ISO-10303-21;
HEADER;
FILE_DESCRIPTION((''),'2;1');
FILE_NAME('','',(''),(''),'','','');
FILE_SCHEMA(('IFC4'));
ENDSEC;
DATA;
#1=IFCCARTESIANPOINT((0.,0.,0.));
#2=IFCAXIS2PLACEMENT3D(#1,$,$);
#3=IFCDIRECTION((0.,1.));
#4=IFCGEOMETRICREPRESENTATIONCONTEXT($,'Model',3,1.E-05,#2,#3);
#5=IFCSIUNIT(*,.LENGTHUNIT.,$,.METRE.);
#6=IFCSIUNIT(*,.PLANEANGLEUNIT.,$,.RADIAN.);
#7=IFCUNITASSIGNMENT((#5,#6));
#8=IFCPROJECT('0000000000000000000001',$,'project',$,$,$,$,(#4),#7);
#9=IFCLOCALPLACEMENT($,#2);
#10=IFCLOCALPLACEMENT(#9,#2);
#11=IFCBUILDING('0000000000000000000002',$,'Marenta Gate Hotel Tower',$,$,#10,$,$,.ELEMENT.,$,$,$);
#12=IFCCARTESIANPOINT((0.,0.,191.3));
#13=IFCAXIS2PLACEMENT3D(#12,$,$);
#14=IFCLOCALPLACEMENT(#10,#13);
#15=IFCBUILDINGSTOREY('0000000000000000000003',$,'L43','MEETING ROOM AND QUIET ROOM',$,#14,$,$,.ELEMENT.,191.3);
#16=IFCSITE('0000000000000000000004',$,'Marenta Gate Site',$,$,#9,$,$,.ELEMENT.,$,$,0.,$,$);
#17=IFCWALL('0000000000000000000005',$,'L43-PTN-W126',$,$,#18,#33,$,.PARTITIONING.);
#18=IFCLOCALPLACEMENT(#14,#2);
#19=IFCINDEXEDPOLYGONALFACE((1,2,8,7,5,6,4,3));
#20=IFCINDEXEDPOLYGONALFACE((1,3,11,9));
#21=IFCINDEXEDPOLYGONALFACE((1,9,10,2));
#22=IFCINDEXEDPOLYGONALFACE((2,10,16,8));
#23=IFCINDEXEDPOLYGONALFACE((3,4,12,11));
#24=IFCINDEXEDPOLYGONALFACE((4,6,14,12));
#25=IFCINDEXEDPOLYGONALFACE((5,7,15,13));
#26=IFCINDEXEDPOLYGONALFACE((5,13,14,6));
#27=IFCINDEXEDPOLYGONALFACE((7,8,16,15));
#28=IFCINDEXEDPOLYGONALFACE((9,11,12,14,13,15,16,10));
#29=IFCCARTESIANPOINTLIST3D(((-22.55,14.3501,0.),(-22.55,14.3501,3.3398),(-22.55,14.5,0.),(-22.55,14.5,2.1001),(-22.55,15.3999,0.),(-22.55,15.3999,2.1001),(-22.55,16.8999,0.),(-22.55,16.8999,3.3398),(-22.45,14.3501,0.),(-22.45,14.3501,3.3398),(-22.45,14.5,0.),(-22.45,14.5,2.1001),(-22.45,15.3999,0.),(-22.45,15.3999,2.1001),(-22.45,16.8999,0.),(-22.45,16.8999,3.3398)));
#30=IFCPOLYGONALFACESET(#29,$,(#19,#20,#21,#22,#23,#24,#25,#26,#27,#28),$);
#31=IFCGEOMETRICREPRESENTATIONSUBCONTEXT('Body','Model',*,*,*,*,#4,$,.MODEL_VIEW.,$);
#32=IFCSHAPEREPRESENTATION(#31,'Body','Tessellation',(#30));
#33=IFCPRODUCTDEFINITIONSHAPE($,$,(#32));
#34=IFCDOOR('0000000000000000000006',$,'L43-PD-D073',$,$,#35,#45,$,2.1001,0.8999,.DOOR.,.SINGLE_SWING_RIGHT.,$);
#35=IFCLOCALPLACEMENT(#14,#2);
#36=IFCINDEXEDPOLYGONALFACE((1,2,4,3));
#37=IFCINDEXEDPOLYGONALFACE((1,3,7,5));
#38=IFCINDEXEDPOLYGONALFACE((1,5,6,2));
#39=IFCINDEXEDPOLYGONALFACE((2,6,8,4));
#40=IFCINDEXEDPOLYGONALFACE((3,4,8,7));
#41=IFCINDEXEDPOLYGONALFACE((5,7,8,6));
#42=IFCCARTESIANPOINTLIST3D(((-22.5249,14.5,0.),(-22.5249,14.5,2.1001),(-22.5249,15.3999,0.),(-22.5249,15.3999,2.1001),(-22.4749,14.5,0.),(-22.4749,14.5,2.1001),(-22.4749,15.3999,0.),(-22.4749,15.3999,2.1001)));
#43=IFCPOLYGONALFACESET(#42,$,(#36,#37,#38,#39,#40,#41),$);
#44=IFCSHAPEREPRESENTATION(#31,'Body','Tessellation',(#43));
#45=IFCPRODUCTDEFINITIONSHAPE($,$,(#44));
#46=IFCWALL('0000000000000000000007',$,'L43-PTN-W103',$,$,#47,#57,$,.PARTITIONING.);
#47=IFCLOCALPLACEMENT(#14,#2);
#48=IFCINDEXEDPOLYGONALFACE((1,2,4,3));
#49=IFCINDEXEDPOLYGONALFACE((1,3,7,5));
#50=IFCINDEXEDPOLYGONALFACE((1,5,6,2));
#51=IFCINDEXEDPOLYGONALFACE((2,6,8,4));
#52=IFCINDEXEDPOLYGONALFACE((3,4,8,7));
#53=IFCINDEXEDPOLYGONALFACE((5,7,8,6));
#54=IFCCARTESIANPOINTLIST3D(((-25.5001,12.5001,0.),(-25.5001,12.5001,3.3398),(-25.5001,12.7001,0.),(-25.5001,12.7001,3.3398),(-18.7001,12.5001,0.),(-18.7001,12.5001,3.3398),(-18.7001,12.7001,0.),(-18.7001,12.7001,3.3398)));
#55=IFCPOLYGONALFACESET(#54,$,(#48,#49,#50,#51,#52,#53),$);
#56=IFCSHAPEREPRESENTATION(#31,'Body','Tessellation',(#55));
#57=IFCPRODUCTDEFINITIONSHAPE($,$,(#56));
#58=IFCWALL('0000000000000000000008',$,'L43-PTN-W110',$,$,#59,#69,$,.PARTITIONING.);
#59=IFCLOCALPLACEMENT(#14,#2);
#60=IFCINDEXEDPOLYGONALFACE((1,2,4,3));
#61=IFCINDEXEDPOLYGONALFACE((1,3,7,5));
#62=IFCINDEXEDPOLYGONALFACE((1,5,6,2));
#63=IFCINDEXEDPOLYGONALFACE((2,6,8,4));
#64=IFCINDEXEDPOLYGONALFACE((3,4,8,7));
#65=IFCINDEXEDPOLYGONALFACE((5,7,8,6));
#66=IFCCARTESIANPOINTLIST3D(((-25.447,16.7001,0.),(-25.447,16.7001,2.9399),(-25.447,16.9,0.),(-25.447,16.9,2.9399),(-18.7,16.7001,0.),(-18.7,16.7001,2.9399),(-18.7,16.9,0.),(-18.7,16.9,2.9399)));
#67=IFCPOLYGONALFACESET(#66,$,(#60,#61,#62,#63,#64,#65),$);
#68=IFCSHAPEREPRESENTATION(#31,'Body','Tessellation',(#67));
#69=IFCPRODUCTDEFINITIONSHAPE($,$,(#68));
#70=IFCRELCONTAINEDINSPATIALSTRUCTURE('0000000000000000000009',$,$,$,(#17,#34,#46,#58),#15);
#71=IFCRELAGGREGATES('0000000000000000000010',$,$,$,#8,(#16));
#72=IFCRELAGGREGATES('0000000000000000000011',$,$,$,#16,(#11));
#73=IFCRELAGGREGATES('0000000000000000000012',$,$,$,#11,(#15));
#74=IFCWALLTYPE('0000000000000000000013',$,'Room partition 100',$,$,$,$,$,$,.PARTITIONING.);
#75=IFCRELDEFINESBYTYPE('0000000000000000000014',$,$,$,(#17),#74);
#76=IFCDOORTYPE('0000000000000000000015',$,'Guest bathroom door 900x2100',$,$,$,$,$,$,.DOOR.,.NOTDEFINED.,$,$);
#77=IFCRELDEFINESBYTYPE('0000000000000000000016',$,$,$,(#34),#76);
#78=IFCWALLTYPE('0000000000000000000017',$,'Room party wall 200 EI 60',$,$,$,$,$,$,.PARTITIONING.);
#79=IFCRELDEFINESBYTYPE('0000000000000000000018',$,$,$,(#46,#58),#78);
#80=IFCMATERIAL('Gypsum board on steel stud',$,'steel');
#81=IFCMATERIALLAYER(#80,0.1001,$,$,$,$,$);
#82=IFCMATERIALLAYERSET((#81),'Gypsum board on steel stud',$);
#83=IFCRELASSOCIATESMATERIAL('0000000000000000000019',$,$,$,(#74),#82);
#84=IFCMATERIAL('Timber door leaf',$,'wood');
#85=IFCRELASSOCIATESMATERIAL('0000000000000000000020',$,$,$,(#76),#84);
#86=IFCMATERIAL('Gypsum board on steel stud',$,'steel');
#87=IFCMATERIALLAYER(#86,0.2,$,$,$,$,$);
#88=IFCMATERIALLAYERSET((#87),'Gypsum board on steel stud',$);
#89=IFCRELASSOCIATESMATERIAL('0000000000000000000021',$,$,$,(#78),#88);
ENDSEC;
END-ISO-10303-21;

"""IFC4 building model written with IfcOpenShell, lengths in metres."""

from ifc_helpers import new_model, si_unit, direction, frame, frame_2d, origin, place, context, subcontext, project, spatial, rectangle, extrude, material, layer, layer_set, type_object, element, fill, save


model = new_model("IFC4")

# Units and contexts
model_context = context("Model", 3, precision=1e-05, world=origin(), true_north=direction((0.0, 1.0)))
body_context = subcontext(model_context, "Body", "Model", "MODEL_VIEW")
ifc_project = project(units=[si_unit("LENGTHUNIT", "METRE"), si_unit("PLANEANGLEUNIT", "RADIAN")], contexts=[model_context])

# Site, building, storey
site_placement = place(None, origin())
site = spatial("IfcSite", under=ifc_project, at=site_placement, Name="Marenta Gate Site", CompositionType="ELEMENT", RefElevation=0.0)
building_placement = place(site_placement, origin())
building = spatial("IfcBuilding", under=site, at=building_placement, Name="Marenta Gate Hotel Tower", CompositionType="ELEMENT")
storey_placement = place(building_placement, frame((0.0, 0.0, 191.3)))
storey = spatial("IfcBuildingStorey", under=building, at=storey_placement, Name="L43", Description="MEETING ROOM AND QUIET ROOM", CompositionType="ELEMENT", Elevation=191.3)

# Shared definitions
ifc_material_1 = material(Name="Gypsum board on steel stud", Category="steel")
ifc_layer_1 = layer(ifc_material_1, 0.1001)
ifc_layer_set_1 = layer_set([ifc_layer_1], Name="Gypsum board on steel stud")
wall_type_1 = type_object("IfcWallType", Name="Room partition 100", PredefinedType="PARTITIONING", material=ifc_layer_set_1)

# Wall, opening, door
wall_1_placement = place(storey_placement, frame((-22.5, 14.3501, 0.0), z_axis=(0.0, 0.0, 1.0), x_axis=(0.0, 1.0, 0.0)))
wall_1 = element("IfcWall", 1, at=wall_1_placement, inside=storey, type_object=wall_type_1, Name="L43-PTN-W126", PredefinedType="PARTITIONING", context=body_context, shape_type="SweptSolid", body=[
    extrude(rectangle(XDim=2.5498, YDim=0.1001, at=frame_2d((1.2749, 0.0))), origin(), (0.0, 0.0, 1.0), 3.3398),
])
opening_placement = place(wall_1_placement, frame((0.1499, 0.0, 0.0)))
opening = element("IfcOpeningElement", 2, at=opening_placement, cuts=wall_1, PredefinedType="OPENING", context=body_context, shape_type="SweptSolid", body=[
    extrude(rectangle(XDim=0.8999, YDim=2.1001, at=frame_2d((0.45, 1.05))), frame((0.0, 0.05, 0.0), z_axis=(0.0, -1.0, 0.0), x_axis=(1.0, 0.0, 0.0)), (0.0, 0.0, 1.0), 0.1001),
])
ifc_material_2 = material(Name="Timber door leaf", Category="wood")
door_type = type_object("IfcDoorType", Name="Guest bathroom door 900x2100", OperationType="NOTDEFINED", PredefinedType="DOOR", material=ifc_material_2)
door_placement = place(opening_placement, origin())
door = element("IfcDoor", 3, at=door_placement, inside=storey, type_object=door_type, Name="L43-PD-D073", OperationType="SINGLE_SWING_RIGHT", OverallHeight=2.1001, OverallWidth=0.8999, PredefinedType="DOOR", context=body_context, shape_type="SweptSolid", body=[
    extrude(rectangle(XDim=0.8999, YDim=2.1001, at=frame_2d((0.45, 1.05))), frame((0.0, 0.0249, 0.0), z_axis=(0.0, -1.0, 0.0), x_axis=(1.0, 0.0, 0.0)), (0.0, 0.0, 1.0), 0.05),
])
fill(opening, door)

# Walls
ifc_material_3 = material(Name="Gypsum board on steel stud", Category="steel")
ifc_layer_2 = layer(ifc_material_3, 0.2)
ifc_layer_set_2 = layer_set([ifc_layer_2], Name="Gypsum board on steel stud")
wall_type_2 = type_object("IfcWallType", Name="Room party wall 200 EI 60", PredefinedType="PARTITIONING", material=ifc_layer_set_2)
wall_2_placement = place(storey_placement, frame((-25.5, 12.6001, 0.0), z_axis=(0.0, 0.0, 1.0), x_axis=(1.0, 0.0, 0.0)))
element("IfcWall", 4, at=wall_2_placement, inside=storey, type_object=wall_type_2, Name="L43-PTN-W103", PredefinedType="PARTITIONING", context=body_context, shape_type="SweptSolid", body=[
    extrude(rectangle(XDim=6.8, YDim=0.2, at=frame_2d((3.3999, 0.0))), origin(), (0.0, 0.0, 1.0), 3.3398),
])
wall_3_placement = place(storey_placement, frame((-25.447, 16.8, 0.0), z_axis=(0.0, 0.0, 1.0), x_axis=(1.0, 0.0, 0.0)))
element("IfcWall", 5, at=wall_3_placement, inside=storey, type_object=wall_type_2, Name="L43-PTN-W110", PredefinedType="PARTITIONING", context=body_context, shape_type="SweptSolid", body=[
    extrude(rectangle(XDim=6.7471, YDim=0.2, at=frame_2d((3.3735, 0.0))), origin(), (0.0, 0.0, 1.0), 2.9399),
])

save(model, "model.ifc")
